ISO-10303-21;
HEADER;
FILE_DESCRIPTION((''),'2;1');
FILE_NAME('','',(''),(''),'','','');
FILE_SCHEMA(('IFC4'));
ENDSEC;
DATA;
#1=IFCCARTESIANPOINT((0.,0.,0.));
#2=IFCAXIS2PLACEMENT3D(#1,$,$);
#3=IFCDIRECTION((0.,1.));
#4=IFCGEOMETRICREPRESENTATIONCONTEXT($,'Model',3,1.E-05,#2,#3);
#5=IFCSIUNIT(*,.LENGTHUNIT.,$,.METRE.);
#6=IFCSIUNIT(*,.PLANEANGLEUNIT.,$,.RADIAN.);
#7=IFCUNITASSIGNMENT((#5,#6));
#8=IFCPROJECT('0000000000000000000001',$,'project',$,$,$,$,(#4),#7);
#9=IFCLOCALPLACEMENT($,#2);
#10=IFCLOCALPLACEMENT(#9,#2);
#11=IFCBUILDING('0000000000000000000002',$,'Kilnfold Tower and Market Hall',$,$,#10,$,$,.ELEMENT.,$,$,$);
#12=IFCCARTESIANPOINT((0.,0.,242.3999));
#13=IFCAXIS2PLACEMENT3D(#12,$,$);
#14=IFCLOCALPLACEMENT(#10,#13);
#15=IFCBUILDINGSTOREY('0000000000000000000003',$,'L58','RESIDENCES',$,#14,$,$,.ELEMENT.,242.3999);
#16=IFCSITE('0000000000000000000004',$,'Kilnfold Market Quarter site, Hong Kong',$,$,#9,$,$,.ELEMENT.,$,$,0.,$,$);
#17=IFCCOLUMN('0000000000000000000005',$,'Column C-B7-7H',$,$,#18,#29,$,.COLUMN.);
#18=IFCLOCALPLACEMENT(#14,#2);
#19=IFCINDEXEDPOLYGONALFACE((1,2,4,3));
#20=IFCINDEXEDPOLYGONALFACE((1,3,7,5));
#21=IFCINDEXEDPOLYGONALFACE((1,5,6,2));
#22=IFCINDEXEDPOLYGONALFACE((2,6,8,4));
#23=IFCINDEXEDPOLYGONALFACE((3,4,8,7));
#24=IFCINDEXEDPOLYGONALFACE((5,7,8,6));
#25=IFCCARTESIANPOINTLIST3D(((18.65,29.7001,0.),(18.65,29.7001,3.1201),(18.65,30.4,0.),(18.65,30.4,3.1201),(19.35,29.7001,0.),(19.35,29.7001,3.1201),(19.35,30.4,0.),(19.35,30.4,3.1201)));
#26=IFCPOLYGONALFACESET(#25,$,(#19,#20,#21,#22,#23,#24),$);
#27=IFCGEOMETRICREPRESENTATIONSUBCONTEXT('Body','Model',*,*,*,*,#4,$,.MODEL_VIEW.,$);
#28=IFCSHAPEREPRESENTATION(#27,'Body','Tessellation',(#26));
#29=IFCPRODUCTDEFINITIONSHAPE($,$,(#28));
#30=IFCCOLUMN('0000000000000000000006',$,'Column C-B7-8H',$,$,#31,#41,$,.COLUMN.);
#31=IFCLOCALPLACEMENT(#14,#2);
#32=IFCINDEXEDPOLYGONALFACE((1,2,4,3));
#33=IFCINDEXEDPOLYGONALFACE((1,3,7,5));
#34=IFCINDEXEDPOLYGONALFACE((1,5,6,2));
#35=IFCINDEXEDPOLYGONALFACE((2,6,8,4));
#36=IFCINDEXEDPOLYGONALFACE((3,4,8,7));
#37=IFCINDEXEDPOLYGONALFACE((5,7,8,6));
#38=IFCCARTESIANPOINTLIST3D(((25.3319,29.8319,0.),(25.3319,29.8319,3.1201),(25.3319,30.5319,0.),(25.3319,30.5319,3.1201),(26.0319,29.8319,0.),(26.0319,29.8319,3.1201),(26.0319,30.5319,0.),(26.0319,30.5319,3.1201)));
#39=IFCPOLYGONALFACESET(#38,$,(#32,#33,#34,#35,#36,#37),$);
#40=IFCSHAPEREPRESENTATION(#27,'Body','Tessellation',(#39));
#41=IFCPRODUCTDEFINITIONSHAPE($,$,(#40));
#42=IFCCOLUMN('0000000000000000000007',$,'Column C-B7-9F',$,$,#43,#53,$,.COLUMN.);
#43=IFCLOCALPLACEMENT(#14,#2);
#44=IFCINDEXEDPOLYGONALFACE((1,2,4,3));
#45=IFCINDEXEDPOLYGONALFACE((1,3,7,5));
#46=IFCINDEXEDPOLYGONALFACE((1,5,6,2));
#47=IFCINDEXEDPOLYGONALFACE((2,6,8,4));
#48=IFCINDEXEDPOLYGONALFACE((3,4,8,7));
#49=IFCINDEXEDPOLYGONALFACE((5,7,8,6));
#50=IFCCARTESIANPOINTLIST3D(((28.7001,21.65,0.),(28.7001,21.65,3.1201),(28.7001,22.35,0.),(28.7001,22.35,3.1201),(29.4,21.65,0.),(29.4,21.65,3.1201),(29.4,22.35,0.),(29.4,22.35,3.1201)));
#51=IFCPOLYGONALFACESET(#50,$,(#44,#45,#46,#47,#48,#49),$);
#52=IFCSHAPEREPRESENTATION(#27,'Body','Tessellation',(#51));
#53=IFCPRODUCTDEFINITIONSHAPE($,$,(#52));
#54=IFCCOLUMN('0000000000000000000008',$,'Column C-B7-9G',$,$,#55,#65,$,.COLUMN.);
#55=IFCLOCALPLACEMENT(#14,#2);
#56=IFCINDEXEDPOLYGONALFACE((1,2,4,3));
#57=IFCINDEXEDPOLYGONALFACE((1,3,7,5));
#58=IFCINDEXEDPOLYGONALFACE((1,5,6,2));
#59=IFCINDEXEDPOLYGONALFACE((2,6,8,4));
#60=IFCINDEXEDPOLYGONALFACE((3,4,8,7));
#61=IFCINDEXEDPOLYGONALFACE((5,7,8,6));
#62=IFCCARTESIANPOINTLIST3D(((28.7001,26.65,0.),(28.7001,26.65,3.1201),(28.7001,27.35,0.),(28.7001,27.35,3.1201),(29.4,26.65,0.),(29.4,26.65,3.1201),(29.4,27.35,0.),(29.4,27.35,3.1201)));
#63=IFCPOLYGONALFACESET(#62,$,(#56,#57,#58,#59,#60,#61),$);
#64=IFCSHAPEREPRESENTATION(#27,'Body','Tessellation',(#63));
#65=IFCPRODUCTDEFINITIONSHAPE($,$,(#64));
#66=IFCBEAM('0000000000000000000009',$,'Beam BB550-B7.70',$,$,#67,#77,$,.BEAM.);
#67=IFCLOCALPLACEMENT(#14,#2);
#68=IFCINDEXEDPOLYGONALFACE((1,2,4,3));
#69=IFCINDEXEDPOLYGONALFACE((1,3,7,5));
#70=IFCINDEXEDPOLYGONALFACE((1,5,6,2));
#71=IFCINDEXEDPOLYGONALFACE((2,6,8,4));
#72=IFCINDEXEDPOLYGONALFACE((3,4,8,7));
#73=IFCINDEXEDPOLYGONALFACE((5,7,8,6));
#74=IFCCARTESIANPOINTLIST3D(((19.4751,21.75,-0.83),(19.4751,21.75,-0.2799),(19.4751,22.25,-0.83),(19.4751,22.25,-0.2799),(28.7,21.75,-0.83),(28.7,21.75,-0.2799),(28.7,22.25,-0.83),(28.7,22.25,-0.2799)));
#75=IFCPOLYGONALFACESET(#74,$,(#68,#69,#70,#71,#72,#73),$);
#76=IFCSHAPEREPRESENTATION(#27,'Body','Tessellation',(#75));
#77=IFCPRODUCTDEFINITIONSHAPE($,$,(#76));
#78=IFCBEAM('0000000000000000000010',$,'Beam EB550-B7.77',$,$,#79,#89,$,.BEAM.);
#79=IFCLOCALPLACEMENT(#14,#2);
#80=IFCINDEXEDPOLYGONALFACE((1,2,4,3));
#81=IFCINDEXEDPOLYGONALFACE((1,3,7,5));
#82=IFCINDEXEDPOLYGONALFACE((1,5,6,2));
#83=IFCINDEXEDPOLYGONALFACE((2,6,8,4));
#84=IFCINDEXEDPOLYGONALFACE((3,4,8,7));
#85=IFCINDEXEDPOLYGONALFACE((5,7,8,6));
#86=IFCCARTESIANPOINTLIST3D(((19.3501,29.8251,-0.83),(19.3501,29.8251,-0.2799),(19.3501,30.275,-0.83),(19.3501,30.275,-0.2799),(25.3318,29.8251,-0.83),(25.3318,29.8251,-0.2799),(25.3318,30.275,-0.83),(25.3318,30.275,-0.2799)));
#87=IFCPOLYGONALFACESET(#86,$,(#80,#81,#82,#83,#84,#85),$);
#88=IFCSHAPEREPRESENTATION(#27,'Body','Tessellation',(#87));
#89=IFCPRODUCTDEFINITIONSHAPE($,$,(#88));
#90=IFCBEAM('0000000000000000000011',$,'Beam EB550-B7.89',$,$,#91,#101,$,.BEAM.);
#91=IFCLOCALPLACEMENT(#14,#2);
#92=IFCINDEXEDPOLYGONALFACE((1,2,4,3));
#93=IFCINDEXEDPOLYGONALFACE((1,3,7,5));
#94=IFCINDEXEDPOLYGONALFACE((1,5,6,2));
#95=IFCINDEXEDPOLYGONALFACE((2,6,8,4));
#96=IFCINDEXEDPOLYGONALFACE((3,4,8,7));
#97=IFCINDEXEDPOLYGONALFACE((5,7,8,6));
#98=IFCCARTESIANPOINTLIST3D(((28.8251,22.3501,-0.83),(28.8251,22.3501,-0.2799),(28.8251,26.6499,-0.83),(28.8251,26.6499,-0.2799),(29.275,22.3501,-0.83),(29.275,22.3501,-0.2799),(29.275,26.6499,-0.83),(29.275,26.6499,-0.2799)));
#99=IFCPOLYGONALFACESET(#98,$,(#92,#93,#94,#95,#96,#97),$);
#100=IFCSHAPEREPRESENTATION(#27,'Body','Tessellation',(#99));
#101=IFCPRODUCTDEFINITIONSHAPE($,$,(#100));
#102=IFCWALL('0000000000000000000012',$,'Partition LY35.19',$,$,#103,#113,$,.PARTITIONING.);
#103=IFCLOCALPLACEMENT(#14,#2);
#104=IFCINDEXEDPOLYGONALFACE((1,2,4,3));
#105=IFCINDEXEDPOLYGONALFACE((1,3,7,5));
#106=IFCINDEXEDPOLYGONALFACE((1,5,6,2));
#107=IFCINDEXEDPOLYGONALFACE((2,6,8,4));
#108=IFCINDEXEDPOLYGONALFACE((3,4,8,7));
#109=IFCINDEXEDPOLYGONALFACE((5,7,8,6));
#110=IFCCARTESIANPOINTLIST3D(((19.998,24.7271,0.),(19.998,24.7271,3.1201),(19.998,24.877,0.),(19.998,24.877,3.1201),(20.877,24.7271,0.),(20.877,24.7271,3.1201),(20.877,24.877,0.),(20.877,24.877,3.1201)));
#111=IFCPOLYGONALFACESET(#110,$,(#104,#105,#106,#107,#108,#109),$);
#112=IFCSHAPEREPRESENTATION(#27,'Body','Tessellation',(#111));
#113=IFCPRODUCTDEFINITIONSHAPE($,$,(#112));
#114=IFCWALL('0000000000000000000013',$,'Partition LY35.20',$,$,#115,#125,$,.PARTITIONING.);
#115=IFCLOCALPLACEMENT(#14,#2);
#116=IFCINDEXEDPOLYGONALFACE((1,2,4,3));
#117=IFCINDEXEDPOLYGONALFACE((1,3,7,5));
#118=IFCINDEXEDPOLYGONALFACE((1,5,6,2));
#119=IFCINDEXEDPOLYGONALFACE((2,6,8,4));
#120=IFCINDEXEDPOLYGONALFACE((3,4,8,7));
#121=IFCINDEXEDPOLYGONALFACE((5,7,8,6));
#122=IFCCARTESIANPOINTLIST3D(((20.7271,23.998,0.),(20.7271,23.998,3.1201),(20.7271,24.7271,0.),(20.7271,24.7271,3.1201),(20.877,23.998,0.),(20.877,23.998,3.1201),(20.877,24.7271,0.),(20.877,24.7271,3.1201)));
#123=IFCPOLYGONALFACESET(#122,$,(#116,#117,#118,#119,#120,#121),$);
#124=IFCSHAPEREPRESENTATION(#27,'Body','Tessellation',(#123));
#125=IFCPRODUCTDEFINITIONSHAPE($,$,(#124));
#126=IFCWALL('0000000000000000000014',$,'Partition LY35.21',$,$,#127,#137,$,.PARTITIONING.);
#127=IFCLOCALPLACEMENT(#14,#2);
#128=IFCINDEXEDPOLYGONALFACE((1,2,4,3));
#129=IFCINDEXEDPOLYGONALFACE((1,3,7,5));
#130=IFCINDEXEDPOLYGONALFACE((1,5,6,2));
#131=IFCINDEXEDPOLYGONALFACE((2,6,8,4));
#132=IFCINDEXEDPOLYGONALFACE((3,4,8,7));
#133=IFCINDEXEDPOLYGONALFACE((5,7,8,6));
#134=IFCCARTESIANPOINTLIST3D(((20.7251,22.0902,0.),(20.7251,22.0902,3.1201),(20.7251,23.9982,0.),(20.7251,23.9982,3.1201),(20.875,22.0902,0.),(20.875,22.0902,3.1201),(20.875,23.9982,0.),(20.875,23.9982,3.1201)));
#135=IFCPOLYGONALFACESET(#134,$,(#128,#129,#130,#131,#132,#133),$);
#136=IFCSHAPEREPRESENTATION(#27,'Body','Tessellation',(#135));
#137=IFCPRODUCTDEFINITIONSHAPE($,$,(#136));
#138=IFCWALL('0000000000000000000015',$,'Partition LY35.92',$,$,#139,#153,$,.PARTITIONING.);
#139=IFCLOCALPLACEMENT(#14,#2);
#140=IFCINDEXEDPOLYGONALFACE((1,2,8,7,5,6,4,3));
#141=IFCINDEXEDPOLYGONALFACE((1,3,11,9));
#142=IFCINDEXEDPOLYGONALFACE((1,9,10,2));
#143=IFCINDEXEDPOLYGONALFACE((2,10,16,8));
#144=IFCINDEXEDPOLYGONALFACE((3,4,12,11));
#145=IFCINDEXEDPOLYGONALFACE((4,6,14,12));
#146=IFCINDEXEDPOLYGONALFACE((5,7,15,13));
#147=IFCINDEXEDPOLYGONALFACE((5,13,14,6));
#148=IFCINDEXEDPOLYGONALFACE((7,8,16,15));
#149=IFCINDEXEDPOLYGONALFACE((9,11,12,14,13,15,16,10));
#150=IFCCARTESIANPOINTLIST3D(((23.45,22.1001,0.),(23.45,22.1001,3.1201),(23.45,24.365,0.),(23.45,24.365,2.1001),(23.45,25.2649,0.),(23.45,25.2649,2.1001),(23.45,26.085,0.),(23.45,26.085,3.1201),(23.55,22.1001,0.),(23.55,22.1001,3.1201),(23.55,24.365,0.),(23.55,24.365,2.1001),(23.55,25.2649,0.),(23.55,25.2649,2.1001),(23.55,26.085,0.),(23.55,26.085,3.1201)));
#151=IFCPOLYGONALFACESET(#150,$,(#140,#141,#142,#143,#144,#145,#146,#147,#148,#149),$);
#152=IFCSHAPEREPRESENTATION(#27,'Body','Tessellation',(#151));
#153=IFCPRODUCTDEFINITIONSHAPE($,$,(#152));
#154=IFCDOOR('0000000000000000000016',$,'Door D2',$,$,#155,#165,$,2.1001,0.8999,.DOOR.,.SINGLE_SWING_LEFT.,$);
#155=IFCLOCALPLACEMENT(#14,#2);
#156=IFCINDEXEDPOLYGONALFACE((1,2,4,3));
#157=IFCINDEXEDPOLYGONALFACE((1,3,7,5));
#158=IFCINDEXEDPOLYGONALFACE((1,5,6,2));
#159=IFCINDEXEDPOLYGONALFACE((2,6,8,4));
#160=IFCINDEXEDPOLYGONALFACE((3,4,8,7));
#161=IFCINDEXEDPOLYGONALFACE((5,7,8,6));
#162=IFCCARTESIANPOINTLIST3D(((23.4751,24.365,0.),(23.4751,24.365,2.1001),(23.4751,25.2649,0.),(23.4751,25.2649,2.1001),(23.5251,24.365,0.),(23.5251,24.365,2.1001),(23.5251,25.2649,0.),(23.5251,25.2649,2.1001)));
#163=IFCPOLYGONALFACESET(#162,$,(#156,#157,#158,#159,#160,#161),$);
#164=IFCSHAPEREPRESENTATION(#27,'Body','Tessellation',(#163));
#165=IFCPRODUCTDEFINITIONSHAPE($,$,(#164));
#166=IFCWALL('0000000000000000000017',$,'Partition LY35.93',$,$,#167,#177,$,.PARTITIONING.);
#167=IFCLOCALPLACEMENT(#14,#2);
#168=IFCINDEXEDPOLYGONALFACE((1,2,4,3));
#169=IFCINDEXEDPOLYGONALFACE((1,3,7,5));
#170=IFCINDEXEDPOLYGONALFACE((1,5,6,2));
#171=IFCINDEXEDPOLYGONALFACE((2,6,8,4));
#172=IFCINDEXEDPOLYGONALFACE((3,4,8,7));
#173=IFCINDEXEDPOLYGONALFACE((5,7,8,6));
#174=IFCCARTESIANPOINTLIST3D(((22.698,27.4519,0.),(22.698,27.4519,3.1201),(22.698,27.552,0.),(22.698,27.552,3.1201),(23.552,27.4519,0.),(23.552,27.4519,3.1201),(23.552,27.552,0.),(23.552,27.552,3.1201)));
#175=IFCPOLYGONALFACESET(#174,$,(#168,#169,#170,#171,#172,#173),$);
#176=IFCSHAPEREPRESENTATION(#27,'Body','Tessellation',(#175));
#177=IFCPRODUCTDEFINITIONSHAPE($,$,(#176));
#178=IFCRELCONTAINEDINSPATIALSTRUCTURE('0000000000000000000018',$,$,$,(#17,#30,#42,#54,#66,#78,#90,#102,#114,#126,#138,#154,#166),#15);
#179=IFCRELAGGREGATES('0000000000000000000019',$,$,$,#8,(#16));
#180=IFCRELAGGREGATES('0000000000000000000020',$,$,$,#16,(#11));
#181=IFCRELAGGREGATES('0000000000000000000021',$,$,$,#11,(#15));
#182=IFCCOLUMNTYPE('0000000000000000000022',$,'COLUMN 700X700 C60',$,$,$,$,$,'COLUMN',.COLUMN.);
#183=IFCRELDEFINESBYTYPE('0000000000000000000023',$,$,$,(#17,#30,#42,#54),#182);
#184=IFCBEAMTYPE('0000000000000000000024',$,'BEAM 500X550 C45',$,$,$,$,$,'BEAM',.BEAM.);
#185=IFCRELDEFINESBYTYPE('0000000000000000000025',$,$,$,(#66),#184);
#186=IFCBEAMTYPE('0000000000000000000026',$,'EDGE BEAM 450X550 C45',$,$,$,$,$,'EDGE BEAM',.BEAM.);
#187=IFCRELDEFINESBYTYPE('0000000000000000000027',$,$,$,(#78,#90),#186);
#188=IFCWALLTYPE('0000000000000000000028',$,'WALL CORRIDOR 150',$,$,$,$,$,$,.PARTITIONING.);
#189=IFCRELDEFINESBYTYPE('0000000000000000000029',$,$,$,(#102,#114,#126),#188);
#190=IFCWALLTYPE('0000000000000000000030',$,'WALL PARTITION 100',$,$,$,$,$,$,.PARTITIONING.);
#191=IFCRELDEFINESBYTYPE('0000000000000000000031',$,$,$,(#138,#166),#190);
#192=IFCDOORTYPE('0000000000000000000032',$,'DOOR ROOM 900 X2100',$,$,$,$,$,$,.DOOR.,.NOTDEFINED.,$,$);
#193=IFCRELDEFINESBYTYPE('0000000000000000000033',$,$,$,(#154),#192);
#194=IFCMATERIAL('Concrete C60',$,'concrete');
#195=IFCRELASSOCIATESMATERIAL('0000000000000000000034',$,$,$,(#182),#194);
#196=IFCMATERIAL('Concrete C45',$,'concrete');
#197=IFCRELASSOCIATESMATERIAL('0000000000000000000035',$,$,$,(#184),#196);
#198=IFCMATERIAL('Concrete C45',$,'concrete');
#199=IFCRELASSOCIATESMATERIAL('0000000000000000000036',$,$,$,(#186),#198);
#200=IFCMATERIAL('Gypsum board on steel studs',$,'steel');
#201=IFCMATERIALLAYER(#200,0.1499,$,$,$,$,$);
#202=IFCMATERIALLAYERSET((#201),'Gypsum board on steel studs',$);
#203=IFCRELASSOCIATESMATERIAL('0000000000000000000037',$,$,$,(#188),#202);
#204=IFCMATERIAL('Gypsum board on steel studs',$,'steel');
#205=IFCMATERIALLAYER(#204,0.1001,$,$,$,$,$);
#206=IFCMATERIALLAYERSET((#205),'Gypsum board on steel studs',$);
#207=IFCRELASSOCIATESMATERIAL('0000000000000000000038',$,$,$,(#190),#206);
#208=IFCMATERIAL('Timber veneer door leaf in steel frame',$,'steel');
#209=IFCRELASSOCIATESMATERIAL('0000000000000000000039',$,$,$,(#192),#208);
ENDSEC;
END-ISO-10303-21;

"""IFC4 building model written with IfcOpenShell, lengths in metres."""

from ifc_helpers import new_model, si_unit, direction, frame, frame_2d, origin, origin_2d, place, context, subcontext, project, spatial, rectangle, extrude, source, transform, mapped, material, layer, layer_set, material_profile, profile_set, type_object, element, fill, save


model = new_model("IFC4")

# Units and contexts
model_context = context("Model", 3, precision=1e-05, world=origin(), true_north=direction((0.0, 1.0)))
body_context = subcontext(model_context, "Body", "Model", "MODEL_VIEW")
ifc_project = project(units=[si_unit("LENGTHUNIT", "METRE"), si_unit("PLANEANGLEUNIT", "RADIAN")], contexts=[model_context])

# Site, building, storey
site_placement = place(None, origin())
site = spatial("IfcSite", under=ifc_project, at=site_placement, Name="Kilnfold Market Quarter site, Hong Kong", CompositionType="ELEMENT", RefElevation=0.0)
building_placement = place(site_placement, origin())
building = spatial("IfcBuilding", under=site, at=building_placement, Name="Kilnfold Tower and Market Hall", CompositionType="ELEMENT")
storey_placement = place(building_placement, frame((0.0, 0.0, 242.3999)))
storey = spatial("IfcBuildingStorey", under=building, at=storey_placement, Name="L58", Description="RESIDENCES", CompositionType="ELEMENT", Elevation=242.3999)

# Columns
ifc_material_1 = material(Name="Concrete C60", Category="concrete")
ifc_material_profile_1 = material_profile(ifc_material_1, rectangle(XDim=0.7, YDim=0.7, at=origin_2d()), Name="RC 700x700")
ifc_profile_set_1 = profile_set([ifc_material_profile_1], Name="Concrete C60")
column_type = type_object("IfcColumnType", Name="COLUMN 700X700 C60", ElementType="COLUMN", PredefinedType="COLUMN", material=ifc_profile_set_1)
shared_shape_1 = source(origin(), body_context, "Body", "SweptSolid", [
    extrude(rectangle(XDim=0.7, YDim=0.7, at=origin_2d()), origin(), (0.0, 0.0, 1.0), 3.1201),
])
for number, where, z_axis, x_axis, name in (
    (1, (19.0, 30.05, 0.0), (0.0, 0.0, 1.0), (1.0, 0.0, 0.0), "Column C-B7-7H"),
    (2, (25.6819, 30.1819, 0.0), (0.0, 0.0, 1.0), (1.0, 0.0, 0.0), "Column C-B7-8H"),
    (3, (29.05, 22.0, 0.0), (0.0, 0.0, 1.0), (1.0, 0.0, 0.0), "Column C-B7-9F"),
    (4, (29.05, 27.0, 0.0), (0.0, 0.0, 1.0), (1.0, 0.0, 0.0), "Column C-B7-9G"),
):
    element("IfcColumn", number, at=place(storey_placement, frame(where, z_axis=z_axis, x_axis=x_axis)), inside=storey, type_object=column_type, Name=name, PredefinedType="COLUMN", context=body_context, shape_type="MappedRepresentation", body=[
        mapped(shared_shape_1, transform((0.0, 0.0, 0.0))),
    ])

# Beams
ifc_material_2 = material(Name="Concrete C45", Category="concrete")
ifc_material_profile_2 = material_profile(ifc_material_2, rectangle(XDim=0.5, YDim=0.55, at=origin_2d()), Name="RC 500x550")
ifc_profile_set_2 = profile_set([ifc_material_profile_2], Name="Concrete C45")
beam_type_1 = type_object("IfcBeamType", Name="BEAM 500X550 C45", ElementType="BEAM", PredefinedType="BEAM", material=ifc_profile_set_2)
shared_shape_2 = source(origin(), body_context, "Body", "SweptSolid", [
    extrude(rectangle(XDim=0.5, YDim=0.55, at=origin_2d()), origin(), (0.0, 0.0, 1.0), 9.2249),
])
beam_1_placement = place(storey_placement, frame((19.4751, 22.0, -0.5549), z_axis=(1.0, 0.0, 0.0), x_axis=(0.0, 1.0, 0.0)))
element("IfcBeam", 5, at=beam_1_placement, inside=storey, type_object=beam_type_1, Name="Beam BB550-B7.70", PredefinedType="BEAM", context=body_context, shape_type="MappedRepresentation", body=[
    mapped(shared_shape_2, transform((0.0, 0.0, 0.0))),
])
ifc_material_3 = material(Name="Concrete C45", Category="concrete")
ifc_material_profile_3 = material_profile(ifc_material_3, rectangle(XDim=0.45, YDim=0.55, at=origin_2d()), Name="RC 450x550")
ifc_profile_set_3 = profile_set([ifc_material_profile_3], Name="Concrete C45")
beam_type_2 = type_object("IfcBeamType", Name="EDGE BEAM 450X550 C45", ElementType="EDGE BEAM", PredefinedType="BEAM", material=ifc_profile_set_3)
shared_shape_3 = source(origin(), body_context, "Body", "SweptSolid", [
    extrude(rectangle(XDim=0.45, YDim=0.55, at=origin_2d()), origin(), (0.0, 0.0, 1.0), 5.9817),
])
beam_2_placement = place(storey_placement, frame((19.3501, 30.05, -0.5549), z_axis=(1.0, 0.0, 0.0), x_axis=(0.0, 1.0, 0.0)))
element("IfcBeam", 6, at=beam_2_placement, inside=storey, type_object=beam_type_2, Name="Beam EB550-B7.77", PredefinedType="BEAM", context=body_context, shape_type="MappedRepresentation", body=[
    mapped(shared_shape_3, transform((0.0, 0.0, 0.0))),
])
shared_shape_4 = source(origin(), body_context, "Body", "SweptSolid", [
    extrude(rectangle(XDim=0.45, YDim=0.55, at=origin_2d()), origin(), (0.0, 0.0, 1.0), 4.2998),
])
beam_3_placement = place(storey_placement, frame((29.05, 22.3501, -0.5549), z_axis=(0.0, 1.0, 0.0), x_axis=(-1.0, 0.0, 0.0)))
element("IfcBeam", 7, at=beam_3_placement, inside=storey, type_object=beam_type_2, Name="Beam EB550-B7.89", PredefinedType="BEAM", context=body_context, shape_type="MappedRepresentation", body=[
    mapped(shared_shape_4, transform((0.0, 0.0, 0.0))),
])

# Walls
ifc_material_4 = material(Name="Gypsum board on steel studs", Category="steel")
ifc_layer_1 = layer(ifc_material_4, 0.1499)
ifc_layer_set_1 = layer_set([ifc_layer_1], Name="Gypsum board on steel studs")
wall_type_1 = type_object("IfcWallType", Name="WALL CORRIDOR 150", PredefinedType="PARTITIONING", material=ifc_layer_set_1)
wall_1_placement = place(storey_placement, frame((20.877, 24.802, 0.0), z_axis=(0.0, 0.0, 1.0), x_axis=(-1.0, 0.0, 0.0)))
element("IfcWall", 8, at=wall_1_placement, inside=storey, type_object=wall_type_1, Name="Partition LY35.19", PredefinedType="PARTITIONING", context=body_context, shape_type="SweptSolid", body=[
    extrude(rectangle(XDim=0.8789, YDim=0.1499, at=frame_2d((0.4395, 0.0))), origin(), (0.0, 0.0, 1.0), 3.1201),
])
wall_2_placement = place(storey_placement, frame((20.802, 23.998, 0.0), z_axis=(0.0, 0.0, 1.0), x_axis=(0.0, 1.0, 0.0)))
element("IfcWall", 9, at=wall_2_placement, inside=storey, type_object=wall_type_1, Name="Partition LY35.20", PredefinedType="PARTITIONING", context=body_context, shape_type="SweptSolid", body=[
    extrude(rectangle(XDim=0.729, YDim=0.1499, at=frame_2d((0.3645, 0.0))), origin(), (0.0, 0.0, 1.0), 3.1201),
])
wall_3_placement = place(storey_placement, frame((20.8, 22.0901, 0.0), z_axis=(0.0, 0.0, 1.0), x_axis=(0.0, 1.0, 0.0)))
element("IfcWall", 10, at=wall_3_placement, inside=storey, type_object=wall_type_1, Name="Partition LY35.21", PredefinedType="PARTITIONING", context=body_context, shape_type="SweptSolid", body=[
    extrude(rectangle(XDim=1.908, YDim=0.1499, at=frame_2d((0.9541, 0.0))), origin(), (0.0, 0.0, 1.0), 3.1201),
])

# Wall, opening, door
ifc_material_5 = material(Name="Gypsum board on steel studs", Category="steel")
ifc_layer_2 = layer(ifc_material_5, 0.1001)
ifc_layer_set_2 = layer_set([ifc_layer_2], Name="Gypsum board on steel studs")
wall_type_2 = type_object("IfcWallType", Name="WALL PARTITION 100", PredefinedType="PARTITIONING", material=ifc_layer_set_2)
wall_4_placement = place(storey_placement, frame((23.5, 22.1001, 0.0), z_axis=(0.0, 0.0, 1.0), x_axis=(0.0, 1.0, 0.0)))
wall_4 = element("IfcWall", 11, at=wall_4_placement, inside=storey, type_object=wall_type_2, Name="Partition LY35.92", PredefinedType="PARTITIONING", context=body_context, shape_type="SweptSolid", body=[
    extrude(rectangle(XDim=3.9849, YDim=0.1001, at=frame_2d((1.9924, 0.0))), origin(), (0.0, 0.0, 1.0), 3.1201),
])
opening_1_placement = place(wall_4_placement, frame((2.2649, 0.0, 0.0)))
opening_1 = element("IfcOpeningElement", 12, at=opening_1_placement, cuts=wall_4, PredefinedType="OPENING", context=body_context, shape_type="SweptSolid", body=[
    extrude(rectangle(XDim=0.8999, YDim=2.1001, at=frame_2d((0.45, 1.05))), frame((0.0, 0.0601, 0.0), z_axis=(0.0, -1.0, 0.0), x_axis=(1.0, 0.0, 0.0)), (0.0, 0.0, 1.0), 0.1201),
])
ifc_material_6 = material(Name="Timber veneer door leaf in steel frame", Category="steel")
door_type_1 = type_object("IfcDoorType", Name="DOOR ROOM 900 X2100", OperationType="NOTDEFINED", PredefinedType="DOOR", material=ifc_material_6)
door_1_placement = place(opening_1_placement, origin())
door_1 = element("IfcDoor", 13, at=door_1_placement, inside=storey, type_object=door_type_1, Name="Door D2", OperationType="SINGLE_SWING_LEFT", OverallHeight=2.1001, OverallWidth=0.8999, PredefinedType="DOOR", context=body_context, shape_type="SweptSolid", body=[
    extrude(rectangle(XDim=0.8999, YDim=2.1001, at=frame_2d((0.45, 1.05))), frame((0.0, 0.0249, 0.0), z_axis=(0.0, -1.0, 0.0), x_axis=(1.0, 0.0, 0.0)), (0.0, 0.0, 1.0), 0.05),
])
fill(opening_1, door_1)

# Wall
wall_5_placement = place(storey_placement, frame((23.552, 27.502, 0.0), z_axis=(0.0, 0.0, 1.0), x_axis=(-1.0, 0.0, 0.0)))
element("IfcWall", 14, at=wall_5_placement, inside=storey, type_object=wall_type_2, Name="Partition LY35.93", PredefinedType="PARTITIONING", context=body_context, shape_type="SweptSolid", body=[
    extrude(rectangle(XDim=0.854, YDim=0.1001, at=frame_2d((0.427, 0.0))), origin(), (0.0, 0.0, 1.0), 3.1201),
])

save(model, "model.ifc")
